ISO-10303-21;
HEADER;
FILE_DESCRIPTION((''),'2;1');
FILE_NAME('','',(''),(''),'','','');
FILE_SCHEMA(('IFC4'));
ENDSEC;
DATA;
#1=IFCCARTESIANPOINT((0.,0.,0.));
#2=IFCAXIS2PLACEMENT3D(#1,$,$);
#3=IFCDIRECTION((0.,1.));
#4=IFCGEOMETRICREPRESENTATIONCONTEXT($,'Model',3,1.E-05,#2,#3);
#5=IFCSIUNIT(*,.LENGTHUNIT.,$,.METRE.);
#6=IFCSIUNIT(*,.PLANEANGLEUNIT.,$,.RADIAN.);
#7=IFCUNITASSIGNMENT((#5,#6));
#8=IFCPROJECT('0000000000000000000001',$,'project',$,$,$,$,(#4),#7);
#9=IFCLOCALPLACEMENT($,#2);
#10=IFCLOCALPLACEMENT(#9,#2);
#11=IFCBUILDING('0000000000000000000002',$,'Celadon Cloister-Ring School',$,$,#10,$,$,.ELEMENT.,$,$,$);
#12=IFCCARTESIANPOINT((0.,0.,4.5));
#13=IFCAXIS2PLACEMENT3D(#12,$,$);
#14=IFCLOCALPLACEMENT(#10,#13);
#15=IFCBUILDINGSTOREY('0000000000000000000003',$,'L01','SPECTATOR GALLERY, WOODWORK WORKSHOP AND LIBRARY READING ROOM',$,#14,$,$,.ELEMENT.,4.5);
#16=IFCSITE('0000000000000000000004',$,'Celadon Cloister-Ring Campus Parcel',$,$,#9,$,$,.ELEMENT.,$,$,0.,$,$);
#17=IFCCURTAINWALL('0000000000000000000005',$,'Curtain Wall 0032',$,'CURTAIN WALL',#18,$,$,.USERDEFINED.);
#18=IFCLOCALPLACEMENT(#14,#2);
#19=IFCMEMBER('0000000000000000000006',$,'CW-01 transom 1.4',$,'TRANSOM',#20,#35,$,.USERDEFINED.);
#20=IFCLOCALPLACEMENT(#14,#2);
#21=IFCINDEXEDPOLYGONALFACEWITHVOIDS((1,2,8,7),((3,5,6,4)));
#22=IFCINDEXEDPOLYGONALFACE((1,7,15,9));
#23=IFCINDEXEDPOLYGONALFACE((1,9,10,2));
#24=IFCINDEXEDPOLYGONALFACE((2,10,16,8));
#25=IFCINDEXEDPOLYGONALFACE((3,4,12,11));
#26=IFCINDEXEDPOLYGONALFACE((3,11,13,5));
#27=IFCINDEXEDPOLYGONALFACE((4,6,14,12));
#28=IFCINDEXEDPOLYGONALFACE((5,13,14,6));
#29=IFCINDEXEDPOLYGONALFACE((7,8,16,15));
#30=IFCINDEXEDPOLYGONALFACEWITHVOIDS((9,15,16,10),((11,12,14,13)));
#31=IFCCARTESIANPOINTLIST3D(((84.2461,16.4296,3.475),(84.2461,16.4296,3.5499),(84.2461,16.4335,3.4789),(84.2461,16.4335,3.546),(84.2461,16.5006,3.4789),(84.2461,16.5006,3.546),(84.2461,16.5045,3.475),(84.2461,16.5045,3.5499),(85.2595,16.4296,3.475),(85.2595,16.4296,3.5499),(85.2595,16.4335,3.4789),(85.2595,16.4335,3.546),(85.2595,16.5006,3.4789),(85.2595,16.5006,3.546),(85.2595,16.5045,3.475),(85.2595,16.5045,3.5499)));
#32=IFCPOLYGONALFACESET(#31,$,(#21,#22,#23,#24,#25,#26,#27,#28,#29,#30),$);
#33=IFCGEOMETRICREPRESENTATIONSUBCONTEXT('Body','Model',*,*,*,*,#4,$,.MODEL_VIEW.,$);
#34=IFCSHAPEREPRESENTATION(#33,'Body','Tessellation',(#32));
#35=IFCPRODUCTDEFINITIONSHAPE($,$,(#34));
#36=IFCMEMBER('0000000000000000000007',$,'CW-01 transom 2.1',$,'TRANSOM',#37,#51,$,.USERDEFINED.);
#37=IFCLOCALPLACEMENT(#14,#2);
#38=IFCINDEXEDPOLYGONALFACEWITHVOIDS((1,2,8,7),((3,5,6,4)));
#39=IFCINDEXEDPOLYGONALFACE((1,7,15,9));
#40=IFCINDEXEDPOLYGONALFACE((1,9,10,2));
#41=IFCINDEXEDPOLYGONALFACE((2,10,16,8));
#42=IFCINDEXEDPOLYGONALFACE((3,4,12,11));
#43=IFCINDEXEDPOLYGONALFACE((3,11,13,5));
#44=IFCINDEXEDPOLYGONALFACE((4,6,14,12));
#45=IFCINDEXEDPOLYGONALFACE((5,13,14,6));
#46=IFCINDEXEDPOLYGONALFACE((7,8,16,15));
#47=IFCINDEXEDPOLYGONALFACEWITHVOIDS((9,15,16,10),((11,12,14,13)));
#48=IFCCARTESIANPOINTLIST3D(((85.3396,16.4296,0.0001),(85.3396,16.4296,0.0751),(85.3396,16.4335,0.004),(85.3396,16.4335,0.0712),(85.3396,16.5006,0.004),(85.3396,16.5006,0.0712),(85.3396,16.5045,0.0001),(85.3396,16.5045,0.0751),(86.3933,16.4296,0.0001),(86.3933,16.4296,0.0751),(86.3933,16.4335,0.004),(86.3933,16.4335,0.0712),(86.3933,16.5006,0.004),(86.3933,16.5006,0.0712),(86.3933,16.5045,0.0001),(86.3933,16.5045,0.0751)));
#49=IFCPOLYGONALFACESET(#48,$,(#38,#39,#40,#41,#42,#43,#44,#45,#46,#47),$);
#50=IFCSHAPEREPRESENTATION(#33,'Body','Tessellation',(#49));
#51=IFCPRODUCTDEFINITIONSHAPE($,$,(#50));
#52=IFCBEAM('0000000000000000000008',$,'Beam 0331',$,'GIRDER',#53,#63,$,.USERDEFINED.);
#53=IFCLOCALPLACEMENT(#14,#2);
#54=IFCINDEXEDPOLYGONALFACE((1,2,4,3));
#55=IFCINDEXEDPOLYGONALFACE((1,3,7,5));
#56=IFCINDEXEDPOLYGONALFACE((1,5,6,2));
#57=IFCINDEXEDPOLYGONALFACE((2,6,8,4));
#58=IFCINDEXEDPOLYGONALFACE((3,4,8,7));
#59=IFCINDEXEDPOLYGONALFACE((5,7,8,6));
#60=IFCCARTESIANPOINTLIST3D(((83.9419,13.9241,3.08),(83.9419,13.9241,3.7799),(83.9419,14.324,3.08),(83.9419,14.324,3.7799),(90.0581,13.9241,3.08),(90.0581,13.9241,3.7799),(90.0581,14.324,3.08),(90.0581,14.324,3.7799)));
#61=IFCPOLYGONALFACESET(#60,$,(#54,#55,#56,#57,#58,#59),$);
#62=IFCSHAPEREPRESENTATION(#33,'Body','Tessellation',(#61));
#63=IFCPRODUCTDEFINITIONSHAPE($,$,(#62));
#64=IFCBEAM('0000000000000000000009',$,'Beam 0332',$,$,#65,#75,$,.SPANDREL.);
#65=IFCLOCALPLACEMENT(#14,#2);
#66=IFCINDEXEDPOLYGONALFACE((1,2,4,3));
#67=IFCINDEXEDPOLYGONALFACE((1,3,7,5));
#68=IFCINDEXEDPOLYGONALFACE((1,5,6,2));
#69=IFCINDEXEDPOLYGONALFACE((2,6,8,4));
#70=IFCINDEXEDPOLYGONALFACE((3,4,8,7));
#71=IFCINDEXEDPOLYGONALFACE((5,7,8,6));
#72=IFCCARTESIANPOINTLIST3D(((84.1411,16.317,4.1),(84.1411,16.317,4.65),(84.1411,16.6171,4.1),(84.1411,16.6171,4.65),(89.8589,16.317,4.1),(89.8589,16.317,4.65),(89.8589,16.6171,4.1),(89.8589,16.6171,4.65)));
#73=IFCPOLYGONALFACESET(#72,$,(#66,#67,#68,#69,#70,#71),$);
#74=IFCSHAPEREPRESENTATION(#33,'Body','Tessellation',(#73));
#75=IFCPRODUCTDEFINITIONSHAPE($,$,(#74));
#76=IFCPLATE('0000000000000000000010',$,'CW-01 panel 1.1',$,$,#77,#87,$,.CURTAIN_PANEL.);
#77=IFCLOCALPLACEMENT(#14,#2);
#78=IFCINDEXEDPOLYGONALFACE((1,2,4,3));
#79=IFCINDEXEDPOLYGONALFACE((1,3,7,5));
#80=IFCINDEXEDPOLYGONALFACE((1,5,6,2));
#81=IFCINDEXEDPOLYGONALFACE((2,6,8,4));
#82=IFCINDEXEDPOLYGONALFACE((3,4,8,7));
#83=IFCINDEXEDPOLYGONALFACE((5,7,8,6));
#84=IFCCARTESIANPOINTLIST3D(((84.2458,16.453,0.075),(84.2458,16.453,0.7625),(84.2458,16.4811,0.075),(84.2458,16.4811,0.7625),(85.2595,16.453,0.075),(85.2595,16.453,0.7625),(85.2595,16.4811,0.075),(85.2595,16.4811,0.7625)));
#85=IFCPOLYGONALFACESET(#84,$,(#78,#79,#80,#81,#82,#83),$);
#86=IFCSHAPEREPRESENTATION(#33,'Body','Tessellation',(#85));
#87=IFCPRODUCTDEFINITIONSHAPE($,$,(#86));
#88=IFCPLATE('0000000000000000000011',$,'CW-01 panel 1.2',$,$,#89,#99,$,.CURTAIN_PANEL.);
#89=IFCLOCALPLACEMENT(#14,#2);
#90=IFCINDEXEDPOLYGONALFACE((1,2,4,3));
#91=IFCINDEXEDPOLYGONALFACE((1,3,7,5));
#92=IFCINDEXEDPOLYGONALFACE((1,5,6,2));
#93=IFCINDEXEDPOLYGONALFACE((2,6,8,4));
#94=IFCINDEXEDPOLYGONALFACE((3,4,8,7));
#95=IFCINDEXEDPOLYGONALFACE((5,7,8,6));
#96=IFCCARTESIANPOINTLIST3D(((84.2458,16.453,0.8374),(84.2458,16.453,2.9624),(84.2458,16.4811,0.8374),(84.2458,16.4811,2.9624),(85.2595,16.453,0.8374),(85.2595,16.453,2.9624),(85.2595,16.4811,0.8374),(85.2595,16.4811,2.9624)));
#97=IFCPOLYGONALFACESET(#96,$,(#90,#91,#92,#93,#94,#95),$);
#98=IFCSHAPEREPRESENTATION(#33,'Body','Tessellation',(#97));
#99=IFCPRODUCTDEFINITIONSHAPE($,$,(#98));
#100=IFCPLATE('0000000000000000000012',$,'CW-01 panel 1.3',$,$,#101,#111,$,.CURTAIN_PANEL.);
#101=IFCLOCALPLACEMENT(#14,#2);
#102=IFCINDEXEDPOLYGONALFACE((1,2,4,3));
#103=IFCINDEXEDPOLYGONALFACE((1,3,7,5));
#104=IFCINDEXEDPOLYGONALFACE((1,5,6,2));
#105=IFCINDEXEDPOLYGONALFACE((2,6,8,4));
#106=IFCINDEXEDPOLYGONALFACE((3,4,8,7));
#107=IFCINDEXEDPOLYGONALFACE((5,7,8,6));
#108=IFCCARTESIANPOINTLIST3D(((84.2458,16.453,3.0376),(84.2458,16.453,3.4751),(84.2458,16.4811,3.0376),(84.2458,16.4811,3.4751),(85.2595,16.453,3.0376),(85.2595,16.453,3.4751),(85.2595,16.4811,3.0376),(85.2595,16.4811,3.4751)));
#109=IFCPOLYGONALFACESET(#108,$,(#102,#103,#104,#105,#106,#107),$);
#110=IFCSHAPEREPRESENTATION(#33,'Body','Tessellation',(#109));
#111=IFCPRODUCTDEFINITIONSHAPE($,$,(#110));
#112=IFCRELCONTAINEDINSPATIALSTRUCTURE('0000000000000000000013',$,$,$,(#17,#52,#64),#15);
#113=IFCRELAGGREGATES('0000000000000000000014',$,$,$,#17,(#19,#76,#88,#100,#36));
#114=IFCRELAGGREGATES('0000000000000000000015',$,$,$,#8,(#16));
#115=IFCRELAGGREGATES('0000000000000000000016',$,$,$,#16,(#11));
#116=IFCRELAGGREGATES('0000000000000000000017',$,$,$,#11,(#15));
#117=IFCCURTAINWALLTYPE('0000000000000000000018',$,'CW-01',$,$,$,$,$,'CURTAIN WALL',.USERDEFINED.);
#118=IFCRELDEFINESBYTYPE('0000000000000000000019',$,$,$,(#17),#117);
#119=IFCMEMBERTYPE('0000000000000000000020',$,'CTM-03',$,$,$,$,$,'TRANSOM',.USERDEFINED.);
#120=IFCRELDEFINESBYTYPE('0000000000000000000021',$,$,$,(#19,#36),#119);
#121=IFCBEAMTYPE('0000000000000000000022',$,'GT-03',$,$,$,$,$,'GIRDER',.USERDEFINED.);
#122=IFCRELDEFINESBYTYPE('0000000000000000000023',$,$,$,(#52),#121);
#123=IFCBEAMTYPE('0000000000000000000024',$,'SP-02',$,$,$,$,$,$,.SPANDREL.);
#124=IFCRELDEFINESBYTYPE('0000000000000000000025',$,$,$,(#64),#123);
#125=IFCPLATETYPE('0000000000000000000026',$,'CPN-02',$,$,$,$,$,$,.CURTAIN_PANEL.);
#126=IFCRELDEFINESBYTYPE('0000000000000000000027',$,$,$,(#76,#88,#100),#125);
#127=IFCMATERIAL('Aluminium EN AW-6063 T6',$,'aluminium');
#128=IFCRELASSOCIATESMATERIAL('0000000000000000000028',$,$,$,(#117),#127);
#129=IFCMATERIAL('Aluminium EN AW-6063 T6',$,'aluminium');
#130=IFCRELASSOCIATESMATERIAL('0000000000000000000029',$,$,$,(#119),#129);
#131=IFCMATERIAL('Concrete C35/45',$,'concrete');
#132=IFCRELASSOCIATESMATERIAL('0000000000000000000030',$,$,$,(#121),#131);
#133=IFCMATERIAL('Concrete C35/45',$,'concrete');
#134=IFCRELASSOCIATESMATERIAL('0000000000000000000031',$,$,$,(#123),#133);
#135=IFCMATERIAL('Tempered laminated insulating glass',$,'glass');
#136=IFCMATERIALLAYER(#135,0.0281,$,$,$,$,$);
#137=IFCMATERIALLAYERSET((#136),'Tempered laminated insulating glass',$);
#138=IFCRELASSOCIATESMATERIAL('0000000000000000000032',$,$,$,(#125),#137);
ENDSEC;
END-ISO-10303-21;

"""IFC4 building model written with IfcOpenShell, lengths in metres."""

from ifc_helpers import new_model, si_unit, direction, frame, origin, origin_2d, place, context, subcontext, project, spatial, rectangle, hollow_rectangle, extrude, material, layer, layer_set, material_profile, profile_set, type_object, element, aggregate, save


model = new_model("IFC4")

# Units and contexts
model_context = context("Model", 3, precision=1e-05, world=origin(), true_north=direction((0.0, 1.0)))
body_context = subcontext(model_context, "Body", "Model", "MODEL_VIEW")
ifc_project = project(units=[si_unit("LENGTHUNIT", "METRE"), si_unit("PLANEANGLEUNIT", "RADIAN")], contexts=[model_context])

# Site, building, storey
site_placement = place(None, origin())
site = spatial("IfcSite", under=ifc_project, at=site_placement, Name="Celadon Cloister-Ring Campus Parcel", CompositionType="ELEMENT", RefElevation=0.0)
building_placement = place(site_placement, origin())
building = spatial("IfcBuilding", under=site, at=building_placement, Name="Celadon Cloister-Ring School", CompositionType="ELEMENT")
storey_placement = place(building_placement, frame((0.0, 0.0, 4.5)))
storey = spatial("IfcBuildingStorey", under=building, at=storey_placement, Name="L01", Description="SPECTATOR GALLERY, WOODWORK WORKSHOP AND LIBRARY READING ROOM", CompositionType="ELEMENT", Elevation=4.5)

# Curtain wall, members
ifc_material_1 = material(Name="Aluminium EN AW-6063 T6", Category="aluminium")
curtain_wall_type = type_object("IfcCurtainWallType", Name="CW-01", ElementType="CURTAIN WALL", PredefinedType="USERDEFINED", material=ifc_material_1)
curtain_wall_placement = place(storey_placement, origin())
curtain_wall = element("IfcCurtainWall", 1, at=curtain_wall_placement, inside=storey, type_object=curtain_wall_type, Name="Curtain Wall 0032", ObjectType="CURTAIN WALL", PredefinedType="USERDEFINED")
ifc_material_2 = material(Name="Aluminium EN AW-6063 T6", Category="aluminium")
ifc_material_profile_1 = material_profile(ifc_material_2, hollow_rectangle(XDim=0.075, YDim=0.075, WallThickness=0.0039, at=origin_2d()), Name="RHS75X75X4")
ifc_profile_set_1 = profile_set([ifc_material_profile_1], Name="Aluminium EN AW-6063 T6")
member_type_1 = type_object("IfcMemberType", Name="CTM-03", ElementType="TRANSOM", PredefinedType="USERDEFINED", material=ifc_profile_set_1)
member_1_placement = place(storey_placement, frame((84.2461, 16.467, 3.5125), z_axis=(1.0, 0.0, 0.0), x_axis=(0.0, 1.0, 0.0)))
member_1 = element("IfcMember", 2, at=member_1_placement, type_object=member_type_1, Name="CW-01 transom 1.4", ObjectType="TRANSOM", PredefinedType="USERDEFINED", context=body_context, shape_type="SweptSolid", body=[
    extrude(hollow_rectangle(XDim=0.075, YDim=0.075, WallThickness=0.0039, at=origin_2d()), origin(), (0.0, 0.0, 1.0), 1.0134),
])
member_2_placement = place(storey_placement, frame((85.3396, 16.467, 0.0376), z_axis=(1.0, 0.0, 0.0), x_axis=(0.0, 1.0, 0.0)))
member_2 = element("IfcMember", 3, at=member_2_placement, type_object=member_type_1, Name="CW-01 transom 2.1", ObjectType="TRANSOM", PredefinedType="USERDEFINED", context=body_context, shape_type="SweptSolid", body=[
    extrude(hollow_rectangle(XDim=0.075, YDim=0.075, WallThickness=0.0039, at=origin_2d()), origin(), (0.0, 0.0, 1.0), 1.0537),
])

# Beams
ifc_material_3 = material(Name="Concrete C35/45", Category="concrete")
ifc_material_profile_2 = material_profile(ifc_material_3, rectangle(XDim=0.3999, YDim=0.7, at=origin_2d()), Name="RC400X700")
ifc_profile_set_2 = profile_set([ifc_material_profile_2], Name="Concrete C35/45")
beam_type_1 = type_object("IfcBeamType", Name="GT-03", ElementType="GIRDER", PredefinedType="USERDEFINED", material=ifc_profile_set_2)
beam_1_placement = place(storey_placement, frame((83.9419, 14.124, 3.4299), z_axis=(1.0, 0.0, 0.0), x_axis=(0.0, 1.0, 0.0)))
element("IfcBeam", 4, at=beam_1_placement, inside=storey, type_object=beam_type_1, Name="Beam 0331", ObjectType="GIRDER", PredefinedType="USERDEFINED", context=body_context, shape_type="SweptSolid", body=[
    extrude(rectangle(XDim=0.3999, YDim=0.7, at=origin_2d()), origin(), (0.0, 0.0, 1.0), 6.1162),
])
ifc_material_4 = material(Name="Concrete C35/45", Category="concrete")
ifc_material_profile_3 = material_profile(ifc_material_4, rectangle(XDim=0.3, YDim=0.55, at=origin_2d()), Name="RC300X550")
ifc_profile_set_3 = profile_set([ifc_material_profile_3], Name="Concrete C35/45")
beam_type_2 = type_object("IfcBeamType", Name="SP-02", PredefinedType="SPANDREL", material=ifc_profile_set_3)
beam_2_placement = place(storey_placement, frame((84.1411, 16.467, 4.375), z_axis=(1.0, 0.0, 0.0), x_axis=(0.0, 1.0, 0.0)))
element("IfcBeam", 5, at=beam_2_placement, inside=storey, type_object=beam_type_2, Name="Beam 0332", PredefinedType="SPANDREL", context=body_context, shape_type="SweptSolid", body=[
    extrude(rectangle(XDim=0.3, YDim=0.55, at=origin_2d()), origin(), (0.0, 0.0, 1.0), 5.7178),
])

# Plates
ifc_material_5 = material(Name="Tempered laminated insulating glass", Category="glass")
ifc_layer_1 = layer(ifc_material_5, 0.0281)
ifc_layer_set_1 = layer_set([ifc_layer_1], Name="Tempered laminated insulating glass")
plate_type = type_object("IfcPlateType", Name="CPN-02", PredefinedType="CURTAIN_PANEL", material=ifc_layer_set_1)
plate_1_placement = place(storey_placement, frame((84.7527, 16.467, 0.075), z_axis=(0.0, 0.0, 1.0), x_axis=(1.0, 0.0, 0.0)))
plate_1 = element("IfcPlate", 6, at=plate_1_placement, type_object=plate_type, Name="CW-01 panel 1.1", PredefinedType="CURTAIN_PANEL", context=body_context, shape_type="SweptSolid", body=[
    extrude(rectangle(XDim=1.0137, YDim=0.0281, at=origin_2d()), origin(), (0.0, 0.0, 1.0), 0.6875),
])
plate_2_placement = place(storey_placement, frame((84.7527, 16.467, 0.8374), z_axis=(0.0, 0.0, 1.0), x_axis=(1.0, 0.0, 0.0)))
plate_2 = element("IfcPlate", 7, at=plate_2_placement, type_object=plate_type, Name="CW-01 panel 1.2", PredefinedType="CURTAIN_PANEL", context=body_context, shape_type="SweptSolid", body=[
    extrude(rectangle(XDim=1.0137, YDim=0.0281, at=origin_2d()), origin(), (0.0, 0.0, 1.0), 2.125),
])
plate_3_placement = place(storey_placement, frame((84.7527, 16.467, 3.0376), z_axis=(0.0, 0.0, 1.0), x_axis=(1.0, 0.0, 0.0)))
plate_3 = element("IfcPlate", 8, at=plate_3_placement, type_object=plate_type, Name="CW-01 panel 1.3", PredefinedType="CURTAIN_PANEL", context=body_context, shape_type="SweptSolid", body=[
    extrude(rectangle(XDim=1.0137, YDim=0.0281, at=origin_2d()), origin(), (0.0, 0.0, 1.0), 0.4375),
])
aggregate(curtain_wall, [member_1, plate_1, plate_2, plate_3, member_2])

save(model, "model.ifc")
